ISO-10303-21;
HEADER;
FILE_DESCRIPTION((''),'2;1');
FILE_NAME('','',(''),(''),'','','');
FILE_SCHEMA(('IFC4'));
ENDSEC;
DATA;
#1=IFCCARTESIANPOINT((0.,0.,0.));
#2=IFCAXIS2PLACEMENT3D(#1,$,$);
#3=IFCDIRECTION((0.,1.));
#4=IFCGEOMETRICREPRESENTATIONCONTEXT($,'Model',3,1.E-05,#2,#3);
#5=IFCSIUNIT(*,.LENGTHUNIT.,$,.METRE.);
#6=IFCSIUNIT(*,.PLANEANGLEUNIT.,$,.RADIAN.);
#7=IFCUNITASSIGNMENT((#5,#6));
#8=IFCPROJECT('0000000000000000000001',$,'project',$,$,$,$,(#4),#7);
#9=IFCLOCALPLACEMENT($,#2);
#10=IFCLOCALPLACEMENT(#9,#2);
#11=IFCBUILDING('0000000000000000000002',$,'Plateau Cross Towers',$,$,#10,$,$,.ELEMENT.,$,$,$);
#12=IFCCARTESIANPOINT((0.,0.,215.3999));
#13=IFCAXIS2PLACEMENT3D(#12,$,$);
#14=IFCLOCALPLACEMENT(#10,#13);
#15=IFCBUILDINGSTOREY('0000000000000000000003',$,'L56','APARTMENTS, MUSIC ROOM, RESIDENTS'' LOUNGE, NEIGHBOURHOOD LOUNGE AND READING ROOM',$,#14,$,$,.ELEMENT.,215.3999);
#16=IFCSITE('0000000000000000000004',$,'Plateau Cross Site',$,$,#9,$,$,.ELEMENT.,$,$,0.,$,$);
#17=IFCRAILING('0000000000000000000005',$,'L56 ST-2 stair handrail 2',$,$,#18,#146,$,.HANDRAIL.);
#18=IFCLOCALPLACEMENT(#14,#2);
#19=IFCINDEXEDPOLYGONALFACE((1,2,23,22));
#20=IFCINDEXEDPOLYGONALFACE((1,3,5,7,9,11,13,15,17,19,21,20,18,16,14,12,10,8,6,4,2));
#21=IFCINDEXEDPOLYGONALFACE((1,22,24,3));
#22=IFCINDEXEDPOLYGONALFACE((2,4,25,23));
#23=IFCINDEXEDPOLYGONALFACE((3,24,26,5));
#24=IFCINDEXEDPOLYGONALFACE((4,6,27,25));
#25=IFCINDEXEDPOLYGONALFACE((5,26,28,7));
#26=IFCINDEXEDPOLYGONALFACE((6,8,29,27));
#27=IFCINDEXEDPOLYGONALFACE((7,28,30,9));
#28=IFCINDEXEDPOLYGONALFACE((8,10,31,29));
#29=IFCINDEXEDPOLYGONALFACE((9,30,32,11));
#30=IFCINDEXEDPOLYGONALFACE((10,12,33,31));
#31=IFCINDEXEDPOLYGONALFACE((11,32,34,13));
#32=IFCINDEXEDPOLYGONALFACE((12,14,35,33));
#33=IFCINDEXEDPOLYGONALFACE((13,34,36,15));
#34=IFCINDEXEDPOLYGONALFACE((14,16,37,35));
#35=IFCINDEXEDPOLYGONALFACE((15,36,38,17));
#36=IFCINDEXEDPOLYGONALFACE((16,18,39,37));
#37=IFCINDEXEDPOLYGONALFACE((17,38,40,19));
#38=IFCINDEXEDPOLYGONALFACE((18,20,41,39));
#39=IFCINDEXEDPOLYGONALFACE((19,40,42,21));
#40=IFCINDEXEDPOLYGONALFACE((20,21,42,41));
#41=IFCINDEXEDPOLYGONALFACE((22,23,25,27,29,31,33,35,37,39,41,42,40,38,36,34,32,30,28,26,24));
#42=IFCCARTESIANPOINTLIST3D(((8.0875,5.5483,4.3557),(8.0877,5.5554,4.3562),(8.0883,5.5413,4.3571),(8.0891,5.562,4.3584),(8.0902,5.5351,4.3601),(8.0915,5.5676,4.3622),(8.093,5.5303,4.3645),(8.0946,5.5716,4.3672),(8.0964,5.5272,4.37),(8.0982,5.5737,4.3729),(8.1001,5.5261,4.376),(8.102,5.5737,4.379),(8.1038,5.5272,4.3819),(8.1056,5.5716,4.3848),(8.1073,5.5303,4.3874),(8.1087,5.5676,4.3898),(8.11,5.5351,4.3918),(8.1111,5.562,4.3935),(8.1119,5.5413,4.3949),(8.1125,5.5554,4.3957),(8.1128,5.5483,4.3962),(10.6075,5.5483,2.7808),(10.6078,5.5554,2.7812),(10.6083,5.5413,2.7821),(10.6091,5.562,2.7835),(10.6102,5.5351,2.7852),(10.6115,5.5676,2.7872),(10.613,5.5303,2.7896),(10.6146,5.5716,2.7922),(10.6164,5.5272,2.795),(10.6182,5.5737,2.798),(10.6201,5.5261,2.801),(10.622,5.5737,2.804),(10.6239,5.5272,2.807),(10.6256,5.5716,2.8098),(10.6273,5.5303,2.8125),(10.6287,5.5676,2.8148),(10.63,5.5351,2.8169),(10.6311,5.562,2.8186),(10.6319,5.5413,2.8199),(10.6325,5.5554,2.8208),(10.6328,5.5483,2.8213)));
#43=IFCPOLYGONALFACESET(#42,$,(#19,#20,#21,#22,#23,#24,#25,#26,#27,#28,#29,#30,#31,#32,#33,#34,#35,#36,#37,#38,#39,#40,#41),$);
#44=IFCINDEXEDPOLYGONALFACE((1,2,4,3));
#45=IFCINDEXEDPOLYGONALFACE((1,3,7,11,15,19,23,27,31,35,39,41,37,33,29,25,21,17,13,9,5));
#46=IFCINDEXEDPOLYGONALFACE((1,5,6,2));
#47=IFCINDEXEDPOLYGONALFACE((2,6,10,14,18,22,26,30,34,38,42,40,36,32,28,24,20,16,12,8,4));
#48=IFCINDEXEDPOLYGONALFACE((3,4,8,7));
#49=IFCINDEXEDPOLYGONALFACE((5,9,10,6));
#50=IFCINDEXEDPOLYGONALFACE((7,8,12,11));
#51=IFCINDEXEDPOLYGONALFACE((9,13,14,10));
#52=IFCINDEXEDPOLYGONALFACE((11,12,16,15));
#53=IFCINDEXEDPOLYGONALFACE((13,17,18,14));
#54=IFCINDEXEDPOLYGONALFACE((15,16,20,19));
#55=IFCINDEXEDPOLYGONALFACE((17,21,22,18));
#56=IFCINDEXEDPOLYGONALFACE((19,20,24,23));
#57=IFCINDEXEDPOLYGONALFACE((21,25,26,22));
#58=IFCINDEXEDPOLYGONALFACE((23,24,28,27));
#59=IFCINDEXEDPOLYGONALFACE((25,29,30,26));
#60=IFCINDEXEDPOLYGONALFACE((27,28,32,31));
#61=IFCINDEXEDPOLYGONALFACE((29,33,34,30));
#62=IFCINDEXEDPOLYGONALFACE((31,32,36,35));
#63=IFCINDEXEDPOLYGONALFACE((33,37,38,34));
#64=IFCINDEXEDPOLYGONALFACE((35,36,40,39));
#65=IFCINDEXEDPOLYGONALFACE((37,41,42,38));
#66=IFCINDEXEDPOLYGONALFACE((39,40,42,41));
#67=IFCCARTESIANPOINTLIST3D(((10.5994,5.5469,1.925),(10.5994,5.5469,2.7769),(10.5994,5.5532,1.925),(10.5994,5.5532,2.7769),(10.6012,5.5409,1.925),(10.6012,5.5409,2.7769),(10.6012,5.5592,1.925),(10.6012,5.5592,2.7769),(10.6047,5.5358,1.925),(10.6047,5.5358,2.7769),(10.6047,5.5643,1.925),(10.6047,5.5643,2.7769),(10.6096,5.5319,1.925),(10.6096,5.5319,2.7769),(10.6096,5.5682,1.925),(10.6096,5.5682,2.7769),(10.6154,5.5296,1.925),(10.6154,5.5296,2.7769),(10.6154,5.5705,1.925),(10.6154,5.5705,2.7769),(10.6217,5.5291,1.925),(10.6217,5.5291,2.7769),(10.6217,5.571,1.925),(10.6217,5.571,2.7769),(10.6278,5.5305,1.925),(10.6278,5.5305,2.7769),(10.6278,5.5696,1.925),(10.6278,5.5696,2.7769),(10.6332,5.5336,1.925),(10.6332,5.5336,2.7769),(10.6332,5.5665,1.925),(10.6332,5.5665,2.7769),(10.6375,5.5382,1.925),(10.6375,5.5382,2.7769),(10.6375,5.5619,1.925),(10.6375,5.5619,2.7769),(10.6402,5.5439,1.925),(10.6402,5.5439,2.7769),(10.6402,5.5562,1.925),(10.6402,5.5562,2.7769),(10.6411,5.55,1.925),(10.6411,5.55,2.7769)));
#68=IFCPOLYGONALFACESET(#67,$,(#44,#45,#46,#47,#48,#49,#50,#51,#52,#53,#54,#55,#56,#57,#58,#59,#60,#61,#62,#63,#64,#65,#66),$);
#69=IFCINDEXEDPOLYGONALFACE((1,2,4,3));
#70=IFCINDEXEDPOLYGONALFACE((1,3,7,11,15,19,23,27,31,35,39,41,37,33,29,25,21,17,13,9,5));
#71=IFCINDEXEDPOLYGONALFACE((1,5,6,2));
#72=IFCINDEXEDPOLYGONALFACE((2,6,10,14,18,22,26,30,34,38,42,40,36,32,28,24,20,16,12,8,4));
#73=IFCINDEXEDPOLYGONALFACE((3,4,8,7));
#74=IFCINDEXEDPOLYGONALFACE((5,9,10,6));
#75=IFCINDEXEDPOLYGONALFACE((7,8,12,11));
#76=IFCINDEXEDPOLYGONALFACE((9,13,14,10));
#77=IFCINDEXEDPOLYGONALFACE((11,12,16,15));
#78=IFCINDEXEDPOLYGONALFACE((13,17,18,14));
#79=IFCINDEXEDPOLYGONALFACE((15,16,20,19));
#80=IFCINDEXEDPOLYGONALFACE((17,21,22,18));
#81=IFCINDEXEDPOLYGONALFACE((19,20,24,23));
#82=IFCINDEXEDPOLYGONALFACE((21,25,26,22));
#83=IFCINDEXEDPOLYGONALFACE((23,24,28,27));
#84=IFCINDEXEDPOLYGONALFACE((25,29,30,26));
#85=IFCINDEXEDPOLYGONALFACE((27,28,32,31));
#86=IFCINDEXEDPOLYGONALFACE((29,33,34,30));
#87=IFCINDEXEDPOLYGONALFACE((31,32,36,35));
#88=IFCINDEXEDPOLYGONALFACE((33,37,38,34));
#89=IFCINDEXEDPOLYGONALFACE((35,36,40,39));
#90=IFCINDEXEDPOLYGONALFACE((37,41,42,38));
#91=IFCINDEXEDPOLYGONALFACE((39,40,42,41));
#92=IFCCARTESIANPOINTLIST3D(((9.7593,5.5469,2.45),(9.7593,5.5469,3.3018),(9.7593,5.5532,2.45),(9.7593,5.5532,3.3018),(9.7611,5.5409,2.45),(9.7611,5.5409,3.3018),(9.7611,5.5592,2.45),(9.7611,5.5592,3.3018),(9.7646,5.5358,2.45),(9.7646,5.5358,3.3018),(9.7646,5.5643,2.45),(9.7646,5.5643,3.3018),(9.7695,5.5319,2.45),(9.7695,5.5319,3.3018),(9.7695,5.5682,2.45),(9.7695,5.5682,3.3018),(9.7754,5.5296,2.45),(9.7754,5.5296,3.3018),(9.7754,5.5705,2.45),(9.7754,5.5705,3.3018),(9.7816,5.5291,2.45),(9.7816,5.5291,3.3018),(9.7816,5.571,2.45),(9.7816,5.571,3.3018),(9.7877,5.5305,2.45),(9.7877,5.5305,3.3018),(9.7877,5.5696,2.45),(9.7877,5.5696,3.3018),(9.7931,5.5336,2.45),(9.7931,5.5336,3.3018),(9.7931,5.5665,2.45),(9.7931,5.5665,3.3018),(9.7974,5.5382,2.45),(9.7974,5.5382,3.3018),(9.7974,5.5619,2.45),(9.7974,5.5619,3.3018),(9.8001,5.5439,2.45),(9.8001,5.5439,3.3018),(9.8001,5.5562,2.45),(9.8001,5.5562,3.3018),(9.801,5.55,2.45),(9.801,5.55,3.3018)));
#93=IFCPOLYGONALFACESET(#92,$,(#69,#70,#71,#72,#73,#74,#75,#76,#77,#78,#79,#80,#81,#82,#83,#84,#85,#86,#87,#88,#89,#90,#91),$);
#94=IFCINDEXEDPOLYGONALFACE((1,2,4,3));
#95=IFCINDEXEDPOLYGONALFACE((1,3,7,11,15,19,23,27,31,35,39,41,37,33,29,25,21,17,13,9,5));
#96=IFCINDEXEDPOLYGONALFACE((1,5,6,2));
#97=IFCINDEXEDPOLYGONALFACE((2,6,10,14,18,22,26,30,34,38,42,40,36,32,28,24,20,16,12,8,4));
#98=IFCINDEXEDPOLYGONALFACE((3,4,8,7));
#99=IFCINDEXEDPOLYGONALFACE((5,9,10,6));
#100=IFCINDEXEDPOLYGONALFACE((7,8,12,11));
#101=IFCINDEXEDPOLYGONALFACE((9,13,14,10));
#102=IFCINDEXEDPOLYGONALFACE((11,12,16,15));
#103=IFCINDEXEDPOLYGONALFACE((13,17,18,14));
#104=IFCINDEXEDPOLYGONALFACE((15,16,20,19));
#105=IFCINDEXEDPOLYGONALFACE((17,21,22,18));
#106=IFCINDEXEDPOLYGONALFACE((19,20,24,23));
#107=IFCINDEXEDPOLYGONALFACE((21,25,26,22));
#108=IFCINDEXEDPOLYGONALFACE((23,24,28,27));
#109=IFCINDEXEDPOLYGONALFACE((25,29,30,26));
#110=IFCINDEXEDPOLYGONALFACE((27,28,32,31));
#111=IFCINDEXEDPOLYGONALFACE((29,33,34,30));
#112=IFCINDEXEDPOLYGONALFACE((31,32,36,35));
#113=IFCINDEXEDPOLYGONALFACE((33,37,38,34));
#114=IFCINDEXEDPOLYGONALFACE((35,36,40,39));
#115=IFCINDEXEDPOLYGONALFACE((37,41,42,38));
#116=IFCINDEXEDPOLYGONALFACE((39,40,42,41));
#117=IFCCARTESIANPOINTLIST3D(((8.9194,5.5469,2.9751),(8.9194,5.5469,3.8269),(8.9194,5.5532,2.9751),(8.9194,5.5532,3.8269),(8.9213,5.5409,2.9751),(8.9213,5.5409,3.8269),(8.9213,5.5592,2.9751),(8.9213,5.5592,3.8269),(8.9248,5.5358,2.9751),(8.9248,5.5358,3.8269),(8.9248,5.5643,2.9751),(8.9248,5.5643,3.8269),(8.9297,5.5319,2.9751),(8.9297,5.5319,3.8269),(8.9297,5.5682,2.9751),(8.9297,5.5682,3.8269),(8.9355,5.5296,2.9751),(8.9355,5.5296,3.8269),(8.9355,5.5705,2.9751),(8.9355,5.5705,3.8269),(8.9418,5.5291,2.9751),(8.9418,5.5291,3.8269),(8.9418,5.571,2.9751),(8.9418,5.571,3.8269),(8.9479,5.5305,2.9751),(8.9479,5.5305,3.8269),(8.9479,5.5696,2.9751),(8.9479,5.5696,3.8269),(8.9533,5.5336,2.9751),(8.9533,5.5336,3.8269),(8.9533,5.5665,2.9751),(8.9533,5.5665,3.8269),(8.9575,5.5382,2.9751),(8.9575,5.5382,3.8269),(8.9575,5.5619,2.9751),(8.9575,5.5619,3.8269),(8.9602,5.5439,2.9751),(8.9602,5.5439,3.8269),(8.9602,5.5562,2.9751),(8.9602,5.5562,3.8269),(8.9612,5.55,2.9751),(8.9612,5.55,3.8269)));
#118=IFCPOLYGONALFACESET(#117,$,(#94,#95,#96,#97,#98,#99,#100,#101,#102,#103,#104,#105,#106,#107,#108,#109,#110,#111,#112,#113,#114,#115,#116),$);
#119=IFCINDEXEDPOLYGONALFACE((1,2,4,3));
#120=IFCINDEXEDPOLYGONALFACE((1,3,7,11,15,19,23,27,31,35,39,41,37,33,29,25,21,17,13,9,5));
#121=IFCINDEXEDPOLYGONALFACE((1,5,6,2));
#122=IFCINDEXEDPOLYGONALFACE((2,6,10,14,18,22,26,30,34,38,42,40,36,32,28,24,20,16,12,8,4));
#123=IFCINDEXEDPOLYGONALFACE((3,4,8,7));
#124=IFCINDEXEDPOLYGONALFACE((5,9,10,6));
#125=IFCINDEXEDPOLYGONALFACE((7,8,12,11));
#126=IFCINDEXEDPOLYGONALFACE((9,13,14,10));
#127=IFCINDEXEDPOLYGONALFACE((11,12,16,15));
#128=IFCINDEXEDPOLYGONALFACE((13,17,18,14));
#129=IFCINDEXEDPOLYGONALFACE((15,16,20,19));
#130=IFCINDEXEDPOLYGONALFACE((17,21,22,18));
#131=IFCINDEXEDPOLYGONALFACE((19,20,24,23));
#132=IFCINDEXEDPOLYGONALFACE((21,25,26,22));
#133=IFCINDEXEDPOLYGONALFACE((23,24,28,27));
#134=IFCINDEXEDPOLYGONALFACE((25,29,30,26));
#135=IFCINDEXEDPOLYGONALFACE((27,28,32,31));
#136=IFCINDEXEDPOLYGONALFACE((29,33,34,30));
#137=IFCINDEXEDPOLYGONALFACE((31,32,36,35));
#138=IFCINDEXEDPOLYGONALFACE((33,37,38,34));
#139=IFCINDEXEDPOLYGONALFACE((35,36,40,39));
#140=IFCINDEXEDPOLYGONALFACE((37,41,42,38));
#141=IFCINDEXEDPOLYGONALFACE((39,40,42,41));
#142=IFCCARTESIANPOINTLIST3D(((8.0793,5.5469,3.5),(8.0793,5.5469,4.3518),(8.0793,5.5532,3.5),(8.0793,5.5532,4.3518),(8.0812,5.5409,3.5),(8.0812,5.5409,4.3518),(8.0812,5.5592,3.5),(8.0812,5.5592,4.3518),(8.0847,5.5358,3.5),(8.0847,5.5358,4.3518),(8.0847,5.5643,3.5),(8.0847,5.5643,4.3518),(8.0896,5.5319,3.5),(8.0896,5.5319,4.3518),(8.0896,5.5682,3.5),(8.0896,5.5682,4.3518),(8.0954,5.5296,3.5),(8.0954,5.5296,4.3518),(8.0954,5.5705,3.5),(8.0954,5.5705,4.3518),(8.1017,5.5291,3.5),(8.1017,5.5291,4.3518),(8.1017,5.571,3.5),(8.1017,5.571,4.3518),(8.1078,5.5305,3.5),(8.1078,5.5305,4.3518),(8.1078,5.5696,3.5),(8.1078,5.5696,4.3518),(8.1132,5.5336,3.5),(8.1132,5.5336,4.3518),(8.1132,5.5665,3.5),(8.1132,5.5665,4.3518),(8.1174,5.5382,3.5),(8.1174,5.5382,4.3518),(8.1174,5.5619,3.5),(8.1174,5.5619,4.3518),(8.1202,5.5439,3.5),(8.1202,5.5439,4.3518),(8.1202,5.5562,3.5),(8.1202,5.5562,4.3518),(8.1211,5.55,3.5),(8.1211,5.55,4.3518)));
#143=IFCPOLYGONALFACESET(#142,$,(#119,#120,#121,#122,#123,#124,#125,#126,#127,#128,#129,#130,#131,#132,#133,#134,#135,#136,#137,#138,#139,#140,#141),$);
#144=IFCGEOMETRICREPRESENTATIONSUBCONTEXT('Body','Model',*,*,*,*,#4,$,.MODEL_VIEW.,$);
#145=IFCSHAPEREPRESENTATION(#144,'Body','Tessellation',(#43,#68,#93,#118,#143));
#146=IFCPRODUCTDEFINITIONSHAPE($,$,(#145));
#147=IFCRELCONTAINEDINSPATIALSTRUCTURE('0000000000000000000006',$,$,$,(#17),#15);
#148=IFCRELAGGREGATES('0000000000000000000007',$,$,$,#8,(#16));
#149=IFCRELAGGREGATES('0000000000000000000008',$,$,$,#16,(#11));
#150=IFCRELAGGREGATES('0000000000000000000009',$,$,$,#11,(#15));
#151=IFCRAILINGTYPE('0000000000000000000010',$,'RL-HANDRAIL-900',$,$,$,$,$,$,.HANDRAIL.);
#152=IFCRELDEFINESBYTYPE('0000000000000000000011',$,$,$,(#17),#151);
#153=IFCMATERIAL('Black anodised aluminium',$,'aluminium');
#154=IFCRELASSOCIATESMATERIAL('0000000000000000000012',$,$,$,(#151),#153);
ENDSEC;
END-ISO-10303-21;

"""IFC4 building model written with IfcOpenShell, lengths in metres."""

from ifc_helpers import new_model, si_unit, direction, frame, origin, origin_2d, place, context, subcontext, project, spatial, circle, extrude, material, type_object, element, save


model = new_model("IFC4")

# Units and contexts
model_context = context("Model", 3, precision=1e-05, world=origin(), true_north=direction((0.0, 1.0)))
body_context = subcontext(model_context, "Body", "Model", "MODEL_VIEW")
ifc_project = project(units=[si_unit("LENGTHUNIT", "METRE"), si_unit("PLANEANGLEUNIT", "RADIAN")], contexts=[model_context])

# Site, building, storey
site_placement = place(None, origin())
site = spatial("IfcSite", under=ifc_project, at=site_placement, Name="Plateau Cross Site", CompositionType="ELEMENT", RefElevation=0.0)
building_placement = place(site_placement, origin())
building = spatial("IfcBuilding", under=site, at=building_placement, Name="Plateau Cross Towers", CompositionType="ELEMENT")
storey_placement = place(building_placement, frame((0.0, 0.0, 215.3999)))
storey = spatial("IfcBuildingStorey", under=building, at=storey_placement, Name="L56", Description="APARTMENTS, MUSIC ROOM, RESIDENTS' LOUNGE, NEIGHBOURHOOD LOUNGE AND READING ROOM", CompositionType="ELEMENT", Elevation=215.3999)

# Railing
ifc_material_1 = material(Name="Black anodised aluminium", Category="aluminium")
railing_type_1 = type_object("IfcRailingType", Name="RL-HANDRAIL-900", PredefinedType="HANDRAIL", material=ifc_material_1)
railing_1_placement = place(storey_placement, frame((10.6201, 5.55, 1.925)))
element("IfcRailing", 1, at=railing_1_placement, inside=storey, type_object=railing_type_1, Name="L56 ST-2 stair handrail 2", PredefinedType="HANDRAIL", context=body_context, shape_type="SweptSolid", body=[
    extrude(circle(Radius=0.0239, at=origin_2d()), frame((0.0, 0.0, 0.876), z_axis=(-0.848008, 0.0, 0.529984), x_axis=(0.0, -1.0, 0.0)), (0.0, 0.0, 1.0), 2.9717),
    extrude(circle(Radius=0.021, at=origin_2d()), origin(), (0.0, 0.0, 1.0), 0.8518),
    extrude(circle(Radius=0.021, at=origin_2d()), frame((-0.8401, 0.0, 0.5249)), (0.0, 0.0, 1.0), 0.8518),
    extrude(circle(Radius=0.021, at=origin_2d()), frame((-1.6799, 0.0, 1.05)), (0.0, 0.0, 1.0), 0.8518),
    extrude(circle(Radius=0.021, at=origin_2d()), frame((-2.52, 0.0, 1.575)), (0.0, 0.0, 1.0), 0.8518),
])

save(model, "model.ifc")
